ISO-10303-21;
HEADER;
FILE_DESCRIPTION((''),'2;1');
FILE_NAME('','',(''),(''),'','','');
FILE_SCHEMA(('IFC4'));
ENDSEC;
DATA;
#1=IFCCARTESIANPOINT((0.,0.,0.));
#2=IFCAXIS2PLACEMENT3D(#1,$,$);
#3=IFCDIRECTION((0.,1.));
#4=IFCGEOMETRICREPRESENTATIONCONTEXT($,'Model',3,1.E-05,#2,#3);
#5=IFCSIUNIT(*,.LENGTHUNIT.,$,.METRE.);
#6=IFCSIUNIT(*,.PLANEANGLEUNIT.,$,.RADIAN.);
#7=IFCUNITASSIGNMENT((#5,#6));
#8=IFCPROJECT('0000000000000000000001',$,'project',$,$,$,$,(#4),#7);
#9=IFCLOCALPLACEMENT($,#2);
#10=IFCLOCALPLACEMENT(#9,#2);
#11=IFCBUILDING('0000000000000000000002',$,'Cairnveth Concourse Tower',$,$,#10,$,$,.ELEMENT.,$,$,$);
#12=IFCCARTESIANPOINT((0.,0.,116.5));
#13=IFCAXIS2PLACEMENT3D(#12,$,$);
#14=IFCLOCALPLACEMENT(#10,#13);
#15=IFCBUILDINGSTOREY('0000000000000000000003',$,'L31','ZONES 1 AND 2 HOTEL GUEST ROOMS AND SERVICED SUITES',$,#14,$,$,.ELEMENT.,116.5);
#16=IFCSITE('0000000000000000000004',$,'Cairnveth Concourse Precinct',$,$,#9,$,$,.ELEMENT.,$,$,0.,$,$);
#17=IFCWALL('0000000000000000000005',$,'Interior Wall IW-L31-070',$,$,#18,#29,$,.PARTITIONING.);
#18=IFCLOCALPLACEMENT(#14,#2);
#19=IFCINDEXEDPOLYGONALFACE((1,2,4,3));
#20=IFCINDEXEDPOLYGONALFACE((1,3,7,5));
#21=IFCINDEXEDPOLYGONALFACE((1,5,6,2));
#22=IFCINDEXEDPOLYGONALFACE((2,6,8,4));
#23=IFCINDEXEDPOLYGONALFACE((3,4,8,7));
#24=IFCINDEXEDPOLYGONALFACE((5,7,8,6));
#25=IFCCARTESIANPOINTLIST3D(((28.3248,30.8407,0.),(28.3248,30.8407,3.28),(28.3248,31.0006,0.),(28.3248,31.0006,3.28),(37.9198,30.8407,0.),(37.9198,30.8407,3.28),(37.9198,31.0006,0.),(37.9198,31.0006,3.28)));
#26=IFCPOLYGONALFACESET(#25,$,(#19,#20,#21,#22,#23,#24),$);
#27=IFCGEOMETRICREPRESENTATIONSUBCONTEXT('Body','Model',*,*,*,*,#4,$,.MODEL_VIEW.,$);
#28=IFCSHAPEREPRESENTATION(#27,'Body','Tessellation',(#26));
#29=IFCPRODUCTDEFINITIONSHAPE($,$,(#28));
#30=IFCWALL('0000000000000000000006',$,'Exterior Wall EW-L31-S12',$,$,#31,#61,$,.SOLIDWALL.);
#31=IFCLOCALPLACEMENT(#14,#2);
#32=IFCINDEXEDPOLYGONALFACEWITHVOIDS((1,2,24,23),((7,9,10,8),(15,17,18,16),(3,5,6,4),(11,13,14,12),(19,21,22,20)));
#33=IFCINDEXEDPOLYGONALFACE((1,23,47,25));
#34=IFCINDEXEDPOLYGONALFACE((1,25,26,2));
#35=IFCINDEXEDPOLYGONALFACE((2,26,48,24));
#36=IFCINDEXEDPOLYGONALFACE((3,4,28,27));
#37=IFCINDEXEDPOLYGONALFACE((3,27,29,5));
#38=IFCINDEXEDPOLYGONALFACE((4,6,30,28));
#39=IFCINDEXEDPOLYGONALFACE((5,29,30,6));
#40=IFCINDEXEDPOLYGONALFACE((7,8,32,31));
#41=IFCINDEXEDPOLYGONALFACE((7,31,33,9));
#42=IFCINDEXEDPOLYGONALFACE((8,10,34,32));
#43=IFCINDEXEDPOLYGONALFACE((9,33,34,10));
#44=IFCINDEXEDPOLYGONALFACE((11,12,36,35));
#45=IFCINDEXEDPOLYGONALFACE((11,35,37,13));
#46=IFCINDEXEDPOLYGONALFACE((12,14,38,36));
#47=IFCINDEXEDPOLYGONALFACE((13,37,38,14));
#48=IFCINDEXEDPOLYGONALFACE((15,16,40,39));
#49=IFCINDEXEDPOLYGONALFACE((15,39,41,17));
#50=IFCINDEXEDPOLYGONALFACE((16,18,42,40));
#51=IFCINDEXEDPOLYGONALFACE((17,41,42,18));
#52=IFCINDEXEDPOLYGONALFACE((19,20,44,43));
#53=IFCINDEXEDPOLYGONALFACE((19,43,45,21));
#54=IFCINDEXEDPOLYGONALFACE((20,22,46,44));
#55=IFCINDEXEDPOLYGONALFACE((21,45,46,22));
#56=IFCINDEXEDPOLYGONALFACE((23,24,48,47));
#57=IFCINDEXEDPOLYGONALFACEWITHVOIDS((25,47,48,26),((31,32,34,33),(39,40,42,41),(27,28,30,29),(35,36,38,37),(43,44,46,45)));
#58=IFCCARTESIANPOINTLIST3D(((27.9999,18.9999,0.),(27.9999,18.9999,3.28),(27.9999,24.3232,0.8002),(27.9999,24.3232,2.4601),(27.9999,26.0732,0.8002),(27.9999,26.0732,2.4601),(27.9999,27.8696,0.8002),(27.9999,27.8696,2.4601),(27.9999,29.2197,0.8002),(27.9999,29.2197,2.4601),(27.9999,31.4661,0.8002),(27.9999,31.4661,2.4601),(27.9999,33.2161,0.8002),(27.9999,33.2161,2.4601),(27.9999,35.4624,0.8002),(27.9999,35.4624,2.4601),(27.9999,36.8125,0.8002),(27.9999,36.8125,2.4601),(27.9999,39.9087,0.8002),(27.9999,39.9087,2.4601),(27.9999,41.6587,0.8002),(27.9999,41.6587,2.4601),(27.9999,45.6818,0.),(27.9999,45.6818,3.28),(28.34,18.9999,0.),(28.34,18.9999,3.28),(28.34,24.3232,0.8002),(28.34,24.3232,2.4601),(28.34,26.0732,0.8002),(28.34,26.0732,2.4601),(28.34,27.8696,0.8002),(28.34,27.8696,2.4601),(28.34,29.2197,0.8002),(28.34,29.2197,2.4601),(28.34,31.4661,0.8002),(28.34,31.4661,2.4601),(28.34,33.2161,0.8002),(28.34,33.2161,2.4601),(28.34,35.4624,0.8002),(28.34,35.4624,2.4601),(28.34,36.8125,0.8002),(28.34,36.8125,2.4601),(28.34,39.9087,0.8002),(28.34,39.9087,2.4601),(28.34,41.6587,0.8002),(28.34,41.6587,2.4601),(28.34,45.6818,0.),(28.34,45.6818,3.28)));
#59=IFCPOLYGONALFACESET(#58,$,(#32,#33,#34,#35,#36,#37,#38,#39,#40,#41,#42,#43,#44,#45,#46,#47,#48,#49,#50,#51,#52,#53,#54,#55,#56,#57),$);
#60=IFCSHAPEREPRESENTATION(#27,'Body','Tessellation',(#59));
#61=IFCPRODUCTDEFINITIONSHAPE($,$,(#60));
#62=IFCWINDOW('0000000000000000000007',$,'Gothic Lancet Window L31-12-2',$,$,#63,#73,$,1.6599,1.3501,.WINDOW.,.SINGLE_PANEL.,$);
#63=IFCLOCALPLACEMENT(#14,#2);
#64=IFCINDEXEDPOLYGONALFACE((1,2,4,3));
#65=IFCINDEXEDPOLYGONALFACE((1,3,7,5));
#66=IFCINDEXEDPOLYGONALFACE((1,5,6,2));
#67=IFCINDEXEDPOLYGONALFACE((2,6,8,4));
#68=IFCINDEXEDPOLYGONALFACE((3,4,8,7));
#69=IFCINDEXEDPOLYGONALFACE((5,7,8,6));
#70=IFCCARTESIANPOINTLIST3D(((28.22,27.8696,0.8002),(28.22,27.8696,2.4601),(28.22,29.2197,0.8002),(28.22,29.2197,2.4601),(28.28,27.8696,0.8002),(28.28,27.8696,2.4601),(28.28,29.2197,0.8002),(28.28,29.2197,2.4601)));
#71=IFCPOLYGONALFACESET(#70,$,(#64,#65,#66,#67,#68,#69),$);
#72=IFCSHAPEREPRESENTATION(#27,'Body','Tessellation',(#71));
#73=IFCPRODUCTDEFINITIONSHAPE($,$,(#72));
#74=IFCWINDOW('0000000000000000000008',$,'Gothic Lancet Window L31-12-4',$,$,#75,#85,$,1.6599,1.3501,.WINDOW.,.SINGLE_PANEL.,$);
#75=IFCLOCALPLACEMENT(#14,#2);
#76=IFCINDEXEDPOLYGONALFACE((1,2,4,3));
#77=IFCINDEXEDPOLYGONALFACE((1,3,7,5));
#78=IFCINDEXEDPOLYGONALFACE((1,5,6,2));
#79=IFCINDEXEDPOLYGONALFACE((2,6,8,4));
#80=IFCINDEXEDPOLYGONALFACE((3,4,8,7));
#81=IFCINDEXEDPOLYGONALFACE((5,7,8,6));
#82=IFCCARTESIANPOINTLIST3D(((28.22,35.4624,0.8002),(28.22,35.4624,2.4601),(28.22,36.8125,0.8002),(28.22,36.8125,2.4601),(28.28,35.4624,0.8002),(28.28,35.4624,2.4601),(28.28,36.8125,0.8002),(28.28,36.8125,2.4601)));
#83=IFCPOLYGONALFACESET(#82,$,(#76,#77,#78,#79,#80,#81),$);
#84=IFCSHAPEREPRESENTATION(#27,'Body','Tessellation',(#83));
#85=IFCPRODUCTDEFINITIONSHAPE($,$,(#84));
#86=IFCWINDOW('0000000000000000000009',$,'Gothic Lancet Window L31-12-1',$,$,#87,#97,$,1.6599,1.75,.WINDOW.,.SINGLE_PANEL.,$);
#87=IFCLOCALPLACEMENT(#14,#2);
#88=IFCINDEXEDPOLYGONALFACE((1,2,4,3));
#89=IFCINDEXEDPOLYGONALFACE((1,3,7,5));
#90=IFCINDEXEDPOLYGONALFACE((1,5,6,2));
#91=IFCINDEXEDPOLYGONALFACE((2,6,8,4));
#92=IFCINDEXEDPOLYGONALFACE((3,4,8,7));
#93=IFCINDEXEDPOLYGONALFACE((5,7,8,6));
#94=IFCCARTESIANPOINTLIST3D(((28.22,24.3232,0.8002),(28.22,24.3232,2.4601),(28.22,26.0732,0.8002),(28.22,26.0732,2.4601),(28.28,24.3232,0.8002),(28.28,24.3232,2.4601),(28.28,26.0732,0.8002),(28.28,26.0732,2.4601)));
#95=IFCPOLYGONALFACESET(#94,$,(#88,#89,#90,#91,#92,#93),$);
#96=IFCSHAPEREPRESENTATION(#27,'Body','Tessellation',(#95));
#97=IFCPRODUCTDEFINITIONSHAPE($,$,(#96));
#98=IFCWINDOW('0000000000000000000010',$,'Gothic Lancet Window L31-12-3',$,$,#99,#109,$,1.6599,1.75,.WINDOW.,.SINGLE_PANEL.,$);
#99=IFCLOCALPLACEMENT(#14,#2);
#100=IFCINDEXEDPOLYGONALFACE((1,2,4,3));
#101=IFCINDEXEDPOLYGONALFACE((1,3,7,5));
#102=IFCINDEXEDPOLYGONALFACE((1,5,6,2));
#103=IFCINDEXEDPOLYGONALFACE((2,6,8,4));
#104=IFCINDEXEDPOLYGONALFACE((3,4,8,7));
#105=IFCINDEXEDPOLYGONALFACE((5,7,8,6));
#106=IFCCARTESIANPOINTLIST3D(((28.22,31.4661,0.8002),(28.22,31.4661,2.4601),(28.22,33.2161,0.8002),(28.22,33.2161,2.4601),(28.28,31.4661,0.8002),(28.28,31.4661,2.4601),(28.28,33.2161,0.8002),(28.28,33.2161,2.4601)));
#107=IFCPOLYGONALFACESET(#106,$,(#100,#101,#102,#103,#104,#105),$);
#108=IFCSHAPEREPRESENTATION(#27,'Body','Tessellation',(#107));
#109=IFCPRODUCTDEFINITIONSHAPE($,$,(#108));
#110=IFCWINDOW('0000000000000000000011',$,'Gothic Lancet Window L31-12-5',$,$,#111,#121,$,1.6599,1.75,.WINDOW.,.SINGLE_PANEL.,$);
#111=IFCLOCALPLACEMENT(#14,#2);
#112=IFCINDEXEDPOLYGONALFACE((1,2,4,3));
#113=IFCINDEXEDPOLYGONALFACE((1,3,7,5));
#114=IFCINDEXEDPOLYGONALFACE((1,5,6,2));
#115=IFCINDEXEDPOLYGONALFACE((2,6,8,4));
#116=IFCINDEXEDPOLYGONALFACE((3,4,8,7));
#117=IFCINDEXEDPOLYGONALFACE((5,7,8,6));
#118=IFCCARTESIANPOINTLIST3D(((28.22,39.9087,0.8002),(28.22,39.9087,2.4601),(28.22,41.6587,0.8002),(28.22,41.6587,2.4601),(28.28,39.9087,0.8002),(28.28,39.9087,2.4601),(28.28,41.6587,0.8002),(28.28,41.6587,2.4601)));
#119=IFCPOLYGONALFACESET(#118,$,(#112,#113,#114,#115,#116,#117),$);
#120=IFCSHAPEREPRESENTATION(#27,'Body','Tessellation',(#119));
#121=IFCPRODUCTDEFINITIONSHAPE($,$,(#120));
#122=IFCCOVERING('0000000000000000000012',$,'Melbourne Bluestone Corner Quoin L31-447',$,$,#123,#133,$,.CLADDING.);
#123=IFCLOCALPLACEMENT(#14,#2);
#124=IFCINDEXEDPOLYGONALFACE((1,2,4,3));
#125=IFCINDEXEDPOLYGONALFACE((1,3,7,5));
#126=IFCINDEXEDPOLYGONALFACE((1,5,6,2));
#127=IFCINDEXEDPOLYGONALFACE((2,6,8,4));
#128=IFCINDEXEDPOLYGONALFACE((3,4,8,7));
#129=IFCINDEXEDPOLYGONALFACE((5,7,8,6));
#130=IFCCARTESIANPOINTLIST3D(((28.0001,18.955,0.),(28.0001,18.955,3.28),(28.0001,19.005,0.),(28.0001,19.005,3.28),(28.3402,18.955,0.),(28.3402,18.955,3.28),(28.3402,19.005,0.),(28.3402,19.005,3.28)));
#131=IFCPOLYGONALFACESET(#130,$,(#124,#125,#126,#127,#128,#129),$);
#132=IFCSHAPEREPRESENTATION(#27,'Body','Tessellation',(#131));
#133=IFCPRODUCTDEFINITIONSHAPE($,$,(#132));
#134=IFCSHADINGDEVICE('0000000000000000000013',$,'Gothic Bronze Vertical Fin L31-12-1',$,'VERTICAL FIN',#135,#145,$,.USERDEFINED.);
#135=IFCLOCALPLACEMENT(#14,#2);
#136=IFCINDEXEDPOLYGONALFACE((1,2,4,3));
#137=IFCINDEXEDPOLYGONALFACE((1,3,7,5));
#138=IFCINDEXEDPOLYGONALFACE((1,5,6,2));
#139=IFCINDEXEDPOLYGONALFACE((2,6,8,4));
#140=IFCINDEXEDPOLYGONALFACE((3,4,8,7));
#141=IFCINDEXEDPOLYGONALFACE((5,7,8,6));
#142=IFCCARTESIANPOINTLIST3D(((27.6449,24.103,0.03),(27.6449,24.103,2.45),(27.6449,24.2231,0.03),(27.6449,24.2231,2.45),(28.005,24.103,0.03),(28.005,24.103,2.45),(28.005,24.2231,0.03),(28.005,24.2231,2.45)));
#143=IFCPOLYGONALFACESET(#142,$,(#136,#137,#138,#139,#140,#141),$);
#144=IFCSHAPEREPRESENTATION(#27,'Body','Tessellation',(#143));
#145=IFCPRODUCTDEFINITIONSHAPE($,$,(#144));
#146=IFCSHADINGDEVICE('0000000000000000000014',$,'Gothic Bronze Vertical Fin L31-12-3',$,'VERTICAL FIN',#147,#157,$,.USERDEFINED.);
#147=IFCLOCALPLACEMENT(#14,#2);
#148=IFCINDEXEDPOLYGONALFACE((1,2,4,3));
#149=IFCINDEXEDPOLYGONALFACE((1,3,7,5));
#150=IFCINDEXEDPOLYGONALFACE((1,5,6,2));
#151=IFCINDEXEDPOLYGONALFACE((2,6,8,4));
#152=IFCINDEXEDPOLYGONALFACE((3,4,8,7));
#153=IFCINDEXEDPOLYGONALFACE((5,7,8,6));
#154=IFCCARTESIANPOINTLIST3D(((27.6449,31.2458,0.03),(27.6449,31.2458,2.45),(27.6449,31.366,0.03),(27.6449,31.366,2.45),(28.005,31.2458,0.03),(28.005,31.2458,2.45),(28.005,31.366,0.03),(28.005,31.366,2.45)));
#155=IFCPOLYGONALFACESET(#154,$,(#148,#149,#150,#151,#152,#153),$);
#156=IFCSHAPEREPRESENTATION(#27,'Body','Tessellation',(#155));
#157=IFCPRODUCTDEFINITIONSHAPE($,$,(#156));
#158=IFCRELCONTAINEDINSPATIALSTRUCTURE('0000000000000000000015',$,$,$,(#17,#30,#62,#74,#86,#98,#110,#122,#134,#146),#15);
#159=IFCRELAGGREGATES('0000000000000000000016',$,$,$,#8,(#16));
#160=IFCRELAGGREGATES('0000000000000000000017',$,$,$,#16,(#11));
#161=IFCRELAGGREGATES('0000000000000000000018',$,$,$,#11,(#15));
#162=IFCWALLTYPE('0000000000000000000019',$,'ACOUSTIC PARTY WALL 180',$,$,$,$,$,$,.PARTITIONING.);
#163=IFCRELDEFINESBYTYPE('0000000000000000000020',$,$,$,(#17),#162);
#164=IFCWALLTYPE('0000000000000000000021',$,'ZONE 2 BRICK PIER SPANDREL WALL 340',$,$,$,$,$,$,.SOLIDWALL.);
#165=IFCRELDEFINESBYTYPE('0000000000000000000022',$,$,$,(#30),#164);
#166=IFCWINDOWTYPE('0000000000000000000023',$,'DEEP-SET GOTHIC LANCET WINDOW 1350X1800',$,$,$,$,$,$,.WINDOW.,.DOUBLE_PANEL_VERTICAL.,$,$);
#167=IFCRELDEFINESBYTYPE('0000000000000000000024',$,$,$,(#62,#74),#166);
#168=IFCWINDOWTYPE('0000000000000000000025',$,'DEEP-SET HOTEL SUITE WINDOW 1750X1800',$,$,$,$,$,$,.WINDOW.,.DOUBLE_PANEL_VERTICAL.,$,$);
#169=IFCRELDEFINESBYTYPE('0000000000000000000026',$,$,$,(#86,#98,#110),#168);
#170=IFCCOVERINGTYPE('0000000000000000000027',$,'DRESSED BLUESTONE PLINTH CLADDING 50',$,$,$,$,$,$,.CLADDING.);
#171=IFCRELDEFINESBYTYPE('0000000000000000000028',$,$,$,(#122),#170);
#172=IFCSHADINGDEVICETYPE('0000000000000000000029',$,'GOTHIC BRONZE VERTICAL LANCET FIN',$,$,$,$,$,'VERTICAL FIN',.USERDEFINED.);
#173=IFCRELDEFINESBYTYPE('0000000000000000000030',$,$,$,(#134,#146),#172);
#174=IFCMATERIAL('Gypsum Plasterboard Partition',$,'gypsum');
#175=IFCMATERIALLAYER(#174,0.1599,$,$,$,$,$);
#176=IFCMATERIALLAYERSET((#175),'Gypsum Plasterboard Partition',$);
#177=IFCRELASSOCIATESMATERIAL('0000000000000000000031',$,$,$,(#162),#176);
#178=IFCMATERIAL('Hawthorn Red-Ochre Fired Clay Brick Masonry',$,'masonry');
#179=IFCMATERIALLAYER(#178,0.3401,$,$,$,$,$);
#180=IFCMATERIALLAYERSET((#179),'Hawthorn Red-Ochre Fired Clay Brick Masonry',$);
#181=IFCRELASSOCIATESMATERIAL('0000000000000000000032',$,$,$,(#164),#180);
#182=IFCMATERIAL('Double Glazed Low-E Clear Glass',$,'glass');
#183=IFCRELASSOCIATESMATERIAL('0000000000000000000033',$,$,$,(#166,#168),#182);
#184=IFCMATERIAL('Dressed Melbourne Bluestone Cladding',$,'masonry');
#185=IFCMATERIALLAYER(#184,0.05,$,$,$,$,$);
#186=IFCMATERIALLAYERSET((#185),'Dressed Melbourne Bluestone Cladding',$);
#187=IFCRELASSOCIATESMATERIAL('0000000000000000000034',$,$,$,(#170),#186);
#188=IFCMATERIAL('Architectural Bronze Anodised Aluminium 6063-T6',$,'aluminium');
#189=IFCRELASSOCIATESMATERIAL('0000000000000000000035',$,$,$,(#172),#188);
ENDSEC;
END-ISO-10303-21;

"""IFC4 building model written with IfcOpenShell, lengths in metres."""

from ifc_helpers import new_model, si_unit, direction, frame, frame_2d, origin, origin_2d, place, context, subcontext, project, spatial, rectangle, extrude, material, layer, layer_set, type_object, element, fill, save


model = new_model("IFC4")

# Units and contexts
model_context = context("Model", 3, precision=1e-05, world=origin(), true_north=direction((0.0, 1.0)))
body_context = subcontext(model_context, "Body", "Model", "MODEL_VIEW")
ifc_project = project(units=[si_unit("LENGTHUNIT", "METRE"), si_unit("PLANEANGLEUNIT", "RADIAN")], contexts=[model_context])

# Site, building, storey
site_placement = place(None, origin())
site = spatial("IfcSite", under=ifc_project, at=site_placement, Name="Cairnveth Concourse Precinct", CompositionType="ELEMENT", RefElevation=0.0)
building_placement = place(site_placement, origin())
building = spatial("IfcBuilding", under=site, at=building_placement, Name="Cairnveth Concourse Tower", CompositionType="ELEMENT")
storey_placement = place(building_placement, frame((0.0, 0.0, 116.5)))
storey = spatial("IfcBuildingStorey", under=building, at=storey_placement, Name="L31", Description="ZONES 1 AND 2 HOTEL GUEST ROOMS AND SERVICED SUITES", CompositionType="ELEMENT", Elevation=116.5)

# Wall
ifc_material_1 = material(Name="Gypsum Plasterboard Partition", Category="gypsum")
ifc_layer_1 = layer(ifc_material_1, 0.1599)
ifc_layer_set_1 = layer_set([ifc_layer_1], Name="Gypsum Plasterboard Partition")
wall_type_1 = type_object("IfcWallType", Name="ACOUSTIC PARTY WALL 180", PredefinedType="PARTITIONING", material=ifc_layer_set_1)
wall_1_placement = place(storey_placement, frame((28.325, 30.9207, 0.0), z_axis=(0.0, 0.0, 1.0), x_axis=(1.0, 0.0, 0.0)))
element("IfcWall", 1, at=wall_1_placement, inside=storey, type_object=wall_type_1, Name="Interior Wall IW-L31-070", PredefinedType="PARTITIONING", context=body_context, shape_type="SweptSolid", body=[
    extrude(rectangle(XDim=9.595, YDim=0.1599, at=frame_2d((4.7974, 0.0))), origin(), (0.0, 0.0, 1.0), 3.28),
])

# Wall, openings, windows
ifc_material_2 = material(Name="Hawthorn Red-Ochre Fired Clay Brick Masonry", Category="masonry")
ifc_layer_2 = layer(ifc_material_2, 0.3401)
ifc_layer_set_2 = layer_set([ifc_layer_2], Name="Hawthorn Red-Ochre Fired Clay Brick Masonry")
wall_type_2 = type_object("IfcWallType", Name="ZONE 2 BRICK PIER SPANDREL WALL 340", PredefinedType="SOLIDWALL", material=ifc_layer_set_2)
wall_2_placement = place(storey_placement, frame((28.1699, 19.0, 0.0), z_axis=(0.0, 0.0, 1.0), x_axis=(0.0, 1.0, 0.0)))
wall_2 = element("IfcWall", 2, at=wall_2_placement, inside=storey, type_object=wall_type_2, Name="Exterior Wall EW-L31-S12", PredefinedType="SOLIDWALL", context=body_context, shape_type="SweptSolid", body=[
    extrude(rectangle(XDim=26.6819, YDim=0.3401, at=frame_2d((13.3408, 0.0))), origin(), (0.0, 0.0, 1.0), 3.28),
])
opening_1_placement = place(wall_2_placement, frame((5.3232, 0.0, 0.8)))
opening_1 = element("IfcOpeningElement", 3, at=opening_1_placement, cuts=wall_2, PredefinedType="OPENING", context=body_context, shape_type="SweptSolid", body=[
    extrude(rectangle(XDim=1.75, YDim=1.6599, at=frame_2d((0.875, 0.8301))), frame((0.0, 0.1799, 0.0), z_axis=(0.0, -1.0, 0.0), x_axis=(1.0, 0.0, 0.0)), (0.0, 0.0, 1.0), 0.3601),
])
opening_2_placement = place(wall_2_placement, frame((8.8696, 0.0, 0.8)))
opening_2 = element("IfcOpeningElement", 4, at=opening_2_placement, cuts=wall_2, PredefinedType="OPENING", context=body_context, shape_type="SweptSolid", body=[
    extrude(rectangle(XDim=1.3501, YDim=1.6599, at=frame_2d((0.675, 0.8301))), frame((0.0, 0.1799, 0.0), z_axis=(0.0, -1.0, 0.0), x_axis=(1.0, 0.0, 0.0)), (0.0, 0.0, 1.0), 0.3601),
])
opening_3_placement = place(wall_2_placement, frame((12.4661, 0.0, 0.8)))
opening_3 = element("IfcOpeningElement", 5, at=opening_3_placement, cuts=wall_2, PredefinedType="OPENING", context=body_context, shape_type="SweptSolid", body=[
    extrude(rectangle(XDim=1.75, YDim=1.6599, at=frame_2d((0.875, 0.8301))), frame((0.0, 0.1799, 0.0), z_axis=(0.0, -1.0, 0.0), x_axis=(1.0, 0.0, 0.0)), (0.0, 0.0, 1.0), 0.3601),
])
opening_4_placement = place(wall_2_placement, frame((16.4624, 0.0, 0.8)))
opening_4 = element("IfcOpeningElement", 6, at=opening_4_placement, cuts=wall_2, PredefinedType="OPENING", context=body_context, shape_type="SweptSolid", body=[
    extrude(rectangle(XDim=1.3501, YDim=1.6599, at=frame_2d((0.675, 0.8301))), frame((0.0, 0.1799, 0.0), z_axis=(0.0, -1.0, 0.0), x_axis=(1.0, 0.0, 0.0)), (0.0, 0.0, 1.0), 0.3601),
])
opening_5_placement = place(wall_2_placement, frame((20.9087, 0.0, 0.8)))
opening_5 = element("IfcOpeningElement", 7, at=opening_5_placement, cuts=wall_2, PredefinedType="OPENING", context=body_context, shape_type="SweptSolid", body=[
    extrude(rectangle(XDim=1.75, YDim=1.6599, at=frame_2d((0.875, 0.8301))), frame((0.0, 0.1799, 0.0), z_axis=(0.0, -1.0, 0.0), x_axis=(1.0, 0.0, 0.0)), (0.0, 0.0, 1.0), 0.3601),
])
ifc_material_3 = material(Name="Double Glazed Low-E Clear Glass", Category="glass")
window_type_1 = type_object("IfcWindowType", Name="DEEP-SET GOTHIC LANCET WINDOW 1350X1800", PartitioningType="DOUBLE_PANEL_VERTICAL", PredefinedType="WINDOW", material=ifc_material_3)
window_1_placement = place(opening_2_placement, origin())
window_1 = element("IfcWindow", 8, at=window_1_placement, inside=storey, type_object=window_type_1, Name="Gothic Lancet Window L31-12-2", OverallHeight=1.6599, OverallWidth=1.3501, PartitioningType="SINGLE_PANEL", PredefinedType="WINDOW", context=body_context, shape_type="SweptSolid", body=[
    extrude(rectangle(XDim=1.3501, YDim=1.6599, at=frame_2d((0.675, 0.8301))), frame((0.0, -0.05, 0.0), z_axis=(0.0, -1.0, 0.0), x_axis=(1.0, 0.0, 0.0)), (0.0, 0.0, 1.0), 0.0601),
])
fill(opening_2, window_1)
window_2_placement = place(opening_4_placement, origin())
window_2 = element("IfcWindow", 9, at=window_2_placement, inside=storey, type_object=window_type_1, Name="Gothic Lancet Window L31-12-4", OverallHeight=1.6599, OverallWidth=1.3501, PartitioningType="SINGLE_PANEL", PredefinedType="WINDOW", context=body_context, shape_type="SweptSolid", body=[
    extrude(rectangle(XDim=1.3501, YDim=1.6599, at=frame_2d((0.675, 0.8301))), frame((0.0, -0.05, 0.0), z_axis=(0.0, -1.0, 0.0), x_axis=(1.0, 0.0, 0.0)), (0.0, 0.0, 1.0), 0.0601),
])
fill(opening_4, window_2)
window_type_2 = type_object("IfcWindowType", Name="DEEP-SET HOTEL SUITE WINDOW 1750X1800", PartitioningType="DOUBLE_PANEL_VERTICAL", PredefinedType="WINDOW", material=ifc_material_3)
window_3_placement = place(opening_1_placement, origin())
window_3 = element("IfcWindow", 10, at=window_3_placement, inside=storey, type_object=window_type_2, Name="Gothic Lancet Window L31-12-1", OverallHeight=1.6599, OverallWidth=1.75, PartitioningType="SINGLE_PANEL", PredefinedType="WINDOW", context=body_context, shape_type="SweptSolid", body=[
    extrude(rectangle(XDim=1.75, YDim=1.6599, at=frame_2d((0.875, 0.8301))), frame((0.0, -0.05, 0.0), z_axis=(0.0, -1.0, 0.0), x_axis=(1.0, 0.0, 0.0)), (0.0, 0.0, 1.0), 0.0601),
])
fill(opening_1, window_3)
window_4_placement = place(opening_3_placement, origin())
window_4 = element("IfcWindow", 11, at=window_4_placement, inside=storey, type_object=window_type_2, Name="Gothic Lancet Window L31-12-3", OverallHeight=1.6599, OverallWidth=1.75, PartitioningType="SINGLE_PANEL", PredefinedType="WINDOW", context=body_context, shape_type="SweptSolid", body=[
    extrude(rectangle(XDim=1.75, YDim=1.6599, at=frame_2d((0.875, 0.8301))), frame((0.0, -0.05, 0.0), z_axis=(0.0, -1.0, 0.0), x_axis=(1.0, 0.0, 0.0)), (0.0, 0.0, 1.0), 0.0601),
])
fill(opening_3, window_4)
window_5_placement = place(opening_5_placement, origin())
window_5 = element("IfcWindow", 12, at=window_5_placement, inside=storey, type_object=window_type_2, Name="Gothic Lancet Window L31-12-5", OverallHeight=1.6599, OverallWidth=1.75, PartitioningType="SINGLE_PANEL", PredefinedType="WINDOW", context=body_context, shape_type="SweptSolid", body=[
    extrude(rectangle(XDim=1.75, YDim=1.6599, at=frame_2d((0.875, 0.8301))), frame((0.0, -0.05, 0.0), z_axis=(0.0, -1.0, 0.0), x_axis=(1.0, 0.0, 0.0)), (0.0, 0.0, 1.0), 0.0601),
])
fill(opening_5, window_5)

# Covering
ifc_material_4 = material(Name="Dressed Melbourne Bluestone Cladding", Category="masonry")
ifc_layer_3 = layer(ifc_material_4, 0.05)
ifc_layer_set_3 = layer_set([ifc_layer_3], Name="Dressed Melbourne Bluestone Cladding")
covering_type = type_object("IfcCoveringType", Name="DRESSED BLUESTONE PLINTH CLADDING 50", PredefinedType="CLADDING", material=ifc_layer_set_3)
covering_placement = place(storey_placement, frame((28.3401, 18.98, 0.0), z_axis=(0.0, 0.0, 1.0), x_axis=(-1.0, 0.0, 0.0)))
element("IfcCovering", 13, at=covering_placement, inside=storey, type_object=covering_type, Name="Melbourne Bluestone Corner Quoin L31-447", PredefinedType="CLADDING", context=body_context, shape_type="SweptSolid", body=[
    extrude(rectangle(XDim=0.3401, YDim=0.05, at=frame_2d((0.1699, 0.0))), origin(), (0.0, 0.0, 1.0), 3.28),
])

# Shading devices
ifc_material_5 = material(Name="Architectural Bronze Anodised Aluminium 6063-T6", Category="aluminium")
shading_device_type = type_object("IfcShadingDeviceType", Name="GOTHIC BRONZE VERTICAL LANCET FIN", ElementType="VERTICAL FIN", PredefinedType="USERDEFINED", material=ifc_material_5)
for number, where, z_axis, x_axis, name in (
    (14, (27.825, 24.1631, 0.03), (0.0, 0.0, 1.0), (0.0, 1.0, 0.0), "Gothic Bronze Vertical Fin L31-12-1"),
    (15, (27.825, 31.3059, 0.03), (0.0, 0.0, 1.0), (0.0, 1.0, 0.0), "Gothic Bronze Vertical Fin L31-12-3"),
):
    element("IfcShadingDevice", number, at=place(storey_placement, frame(where, z_axis=z_axis, x_axis=x_axis)), inside=storey, type_object=shading_device_type, Name=name, ObjectType="VERTICAL FIN", PredefinedType="USERDEFINED", context=body_context, shape_type="SweptSolid", body=[
        extrude(rectangle(XDim=0.1201, YDim=0.3601, at=origin_2d()), origin(), (0.0, 0.0, 1.0), 2.4199),
    ])

save(model, "model.ifc")
